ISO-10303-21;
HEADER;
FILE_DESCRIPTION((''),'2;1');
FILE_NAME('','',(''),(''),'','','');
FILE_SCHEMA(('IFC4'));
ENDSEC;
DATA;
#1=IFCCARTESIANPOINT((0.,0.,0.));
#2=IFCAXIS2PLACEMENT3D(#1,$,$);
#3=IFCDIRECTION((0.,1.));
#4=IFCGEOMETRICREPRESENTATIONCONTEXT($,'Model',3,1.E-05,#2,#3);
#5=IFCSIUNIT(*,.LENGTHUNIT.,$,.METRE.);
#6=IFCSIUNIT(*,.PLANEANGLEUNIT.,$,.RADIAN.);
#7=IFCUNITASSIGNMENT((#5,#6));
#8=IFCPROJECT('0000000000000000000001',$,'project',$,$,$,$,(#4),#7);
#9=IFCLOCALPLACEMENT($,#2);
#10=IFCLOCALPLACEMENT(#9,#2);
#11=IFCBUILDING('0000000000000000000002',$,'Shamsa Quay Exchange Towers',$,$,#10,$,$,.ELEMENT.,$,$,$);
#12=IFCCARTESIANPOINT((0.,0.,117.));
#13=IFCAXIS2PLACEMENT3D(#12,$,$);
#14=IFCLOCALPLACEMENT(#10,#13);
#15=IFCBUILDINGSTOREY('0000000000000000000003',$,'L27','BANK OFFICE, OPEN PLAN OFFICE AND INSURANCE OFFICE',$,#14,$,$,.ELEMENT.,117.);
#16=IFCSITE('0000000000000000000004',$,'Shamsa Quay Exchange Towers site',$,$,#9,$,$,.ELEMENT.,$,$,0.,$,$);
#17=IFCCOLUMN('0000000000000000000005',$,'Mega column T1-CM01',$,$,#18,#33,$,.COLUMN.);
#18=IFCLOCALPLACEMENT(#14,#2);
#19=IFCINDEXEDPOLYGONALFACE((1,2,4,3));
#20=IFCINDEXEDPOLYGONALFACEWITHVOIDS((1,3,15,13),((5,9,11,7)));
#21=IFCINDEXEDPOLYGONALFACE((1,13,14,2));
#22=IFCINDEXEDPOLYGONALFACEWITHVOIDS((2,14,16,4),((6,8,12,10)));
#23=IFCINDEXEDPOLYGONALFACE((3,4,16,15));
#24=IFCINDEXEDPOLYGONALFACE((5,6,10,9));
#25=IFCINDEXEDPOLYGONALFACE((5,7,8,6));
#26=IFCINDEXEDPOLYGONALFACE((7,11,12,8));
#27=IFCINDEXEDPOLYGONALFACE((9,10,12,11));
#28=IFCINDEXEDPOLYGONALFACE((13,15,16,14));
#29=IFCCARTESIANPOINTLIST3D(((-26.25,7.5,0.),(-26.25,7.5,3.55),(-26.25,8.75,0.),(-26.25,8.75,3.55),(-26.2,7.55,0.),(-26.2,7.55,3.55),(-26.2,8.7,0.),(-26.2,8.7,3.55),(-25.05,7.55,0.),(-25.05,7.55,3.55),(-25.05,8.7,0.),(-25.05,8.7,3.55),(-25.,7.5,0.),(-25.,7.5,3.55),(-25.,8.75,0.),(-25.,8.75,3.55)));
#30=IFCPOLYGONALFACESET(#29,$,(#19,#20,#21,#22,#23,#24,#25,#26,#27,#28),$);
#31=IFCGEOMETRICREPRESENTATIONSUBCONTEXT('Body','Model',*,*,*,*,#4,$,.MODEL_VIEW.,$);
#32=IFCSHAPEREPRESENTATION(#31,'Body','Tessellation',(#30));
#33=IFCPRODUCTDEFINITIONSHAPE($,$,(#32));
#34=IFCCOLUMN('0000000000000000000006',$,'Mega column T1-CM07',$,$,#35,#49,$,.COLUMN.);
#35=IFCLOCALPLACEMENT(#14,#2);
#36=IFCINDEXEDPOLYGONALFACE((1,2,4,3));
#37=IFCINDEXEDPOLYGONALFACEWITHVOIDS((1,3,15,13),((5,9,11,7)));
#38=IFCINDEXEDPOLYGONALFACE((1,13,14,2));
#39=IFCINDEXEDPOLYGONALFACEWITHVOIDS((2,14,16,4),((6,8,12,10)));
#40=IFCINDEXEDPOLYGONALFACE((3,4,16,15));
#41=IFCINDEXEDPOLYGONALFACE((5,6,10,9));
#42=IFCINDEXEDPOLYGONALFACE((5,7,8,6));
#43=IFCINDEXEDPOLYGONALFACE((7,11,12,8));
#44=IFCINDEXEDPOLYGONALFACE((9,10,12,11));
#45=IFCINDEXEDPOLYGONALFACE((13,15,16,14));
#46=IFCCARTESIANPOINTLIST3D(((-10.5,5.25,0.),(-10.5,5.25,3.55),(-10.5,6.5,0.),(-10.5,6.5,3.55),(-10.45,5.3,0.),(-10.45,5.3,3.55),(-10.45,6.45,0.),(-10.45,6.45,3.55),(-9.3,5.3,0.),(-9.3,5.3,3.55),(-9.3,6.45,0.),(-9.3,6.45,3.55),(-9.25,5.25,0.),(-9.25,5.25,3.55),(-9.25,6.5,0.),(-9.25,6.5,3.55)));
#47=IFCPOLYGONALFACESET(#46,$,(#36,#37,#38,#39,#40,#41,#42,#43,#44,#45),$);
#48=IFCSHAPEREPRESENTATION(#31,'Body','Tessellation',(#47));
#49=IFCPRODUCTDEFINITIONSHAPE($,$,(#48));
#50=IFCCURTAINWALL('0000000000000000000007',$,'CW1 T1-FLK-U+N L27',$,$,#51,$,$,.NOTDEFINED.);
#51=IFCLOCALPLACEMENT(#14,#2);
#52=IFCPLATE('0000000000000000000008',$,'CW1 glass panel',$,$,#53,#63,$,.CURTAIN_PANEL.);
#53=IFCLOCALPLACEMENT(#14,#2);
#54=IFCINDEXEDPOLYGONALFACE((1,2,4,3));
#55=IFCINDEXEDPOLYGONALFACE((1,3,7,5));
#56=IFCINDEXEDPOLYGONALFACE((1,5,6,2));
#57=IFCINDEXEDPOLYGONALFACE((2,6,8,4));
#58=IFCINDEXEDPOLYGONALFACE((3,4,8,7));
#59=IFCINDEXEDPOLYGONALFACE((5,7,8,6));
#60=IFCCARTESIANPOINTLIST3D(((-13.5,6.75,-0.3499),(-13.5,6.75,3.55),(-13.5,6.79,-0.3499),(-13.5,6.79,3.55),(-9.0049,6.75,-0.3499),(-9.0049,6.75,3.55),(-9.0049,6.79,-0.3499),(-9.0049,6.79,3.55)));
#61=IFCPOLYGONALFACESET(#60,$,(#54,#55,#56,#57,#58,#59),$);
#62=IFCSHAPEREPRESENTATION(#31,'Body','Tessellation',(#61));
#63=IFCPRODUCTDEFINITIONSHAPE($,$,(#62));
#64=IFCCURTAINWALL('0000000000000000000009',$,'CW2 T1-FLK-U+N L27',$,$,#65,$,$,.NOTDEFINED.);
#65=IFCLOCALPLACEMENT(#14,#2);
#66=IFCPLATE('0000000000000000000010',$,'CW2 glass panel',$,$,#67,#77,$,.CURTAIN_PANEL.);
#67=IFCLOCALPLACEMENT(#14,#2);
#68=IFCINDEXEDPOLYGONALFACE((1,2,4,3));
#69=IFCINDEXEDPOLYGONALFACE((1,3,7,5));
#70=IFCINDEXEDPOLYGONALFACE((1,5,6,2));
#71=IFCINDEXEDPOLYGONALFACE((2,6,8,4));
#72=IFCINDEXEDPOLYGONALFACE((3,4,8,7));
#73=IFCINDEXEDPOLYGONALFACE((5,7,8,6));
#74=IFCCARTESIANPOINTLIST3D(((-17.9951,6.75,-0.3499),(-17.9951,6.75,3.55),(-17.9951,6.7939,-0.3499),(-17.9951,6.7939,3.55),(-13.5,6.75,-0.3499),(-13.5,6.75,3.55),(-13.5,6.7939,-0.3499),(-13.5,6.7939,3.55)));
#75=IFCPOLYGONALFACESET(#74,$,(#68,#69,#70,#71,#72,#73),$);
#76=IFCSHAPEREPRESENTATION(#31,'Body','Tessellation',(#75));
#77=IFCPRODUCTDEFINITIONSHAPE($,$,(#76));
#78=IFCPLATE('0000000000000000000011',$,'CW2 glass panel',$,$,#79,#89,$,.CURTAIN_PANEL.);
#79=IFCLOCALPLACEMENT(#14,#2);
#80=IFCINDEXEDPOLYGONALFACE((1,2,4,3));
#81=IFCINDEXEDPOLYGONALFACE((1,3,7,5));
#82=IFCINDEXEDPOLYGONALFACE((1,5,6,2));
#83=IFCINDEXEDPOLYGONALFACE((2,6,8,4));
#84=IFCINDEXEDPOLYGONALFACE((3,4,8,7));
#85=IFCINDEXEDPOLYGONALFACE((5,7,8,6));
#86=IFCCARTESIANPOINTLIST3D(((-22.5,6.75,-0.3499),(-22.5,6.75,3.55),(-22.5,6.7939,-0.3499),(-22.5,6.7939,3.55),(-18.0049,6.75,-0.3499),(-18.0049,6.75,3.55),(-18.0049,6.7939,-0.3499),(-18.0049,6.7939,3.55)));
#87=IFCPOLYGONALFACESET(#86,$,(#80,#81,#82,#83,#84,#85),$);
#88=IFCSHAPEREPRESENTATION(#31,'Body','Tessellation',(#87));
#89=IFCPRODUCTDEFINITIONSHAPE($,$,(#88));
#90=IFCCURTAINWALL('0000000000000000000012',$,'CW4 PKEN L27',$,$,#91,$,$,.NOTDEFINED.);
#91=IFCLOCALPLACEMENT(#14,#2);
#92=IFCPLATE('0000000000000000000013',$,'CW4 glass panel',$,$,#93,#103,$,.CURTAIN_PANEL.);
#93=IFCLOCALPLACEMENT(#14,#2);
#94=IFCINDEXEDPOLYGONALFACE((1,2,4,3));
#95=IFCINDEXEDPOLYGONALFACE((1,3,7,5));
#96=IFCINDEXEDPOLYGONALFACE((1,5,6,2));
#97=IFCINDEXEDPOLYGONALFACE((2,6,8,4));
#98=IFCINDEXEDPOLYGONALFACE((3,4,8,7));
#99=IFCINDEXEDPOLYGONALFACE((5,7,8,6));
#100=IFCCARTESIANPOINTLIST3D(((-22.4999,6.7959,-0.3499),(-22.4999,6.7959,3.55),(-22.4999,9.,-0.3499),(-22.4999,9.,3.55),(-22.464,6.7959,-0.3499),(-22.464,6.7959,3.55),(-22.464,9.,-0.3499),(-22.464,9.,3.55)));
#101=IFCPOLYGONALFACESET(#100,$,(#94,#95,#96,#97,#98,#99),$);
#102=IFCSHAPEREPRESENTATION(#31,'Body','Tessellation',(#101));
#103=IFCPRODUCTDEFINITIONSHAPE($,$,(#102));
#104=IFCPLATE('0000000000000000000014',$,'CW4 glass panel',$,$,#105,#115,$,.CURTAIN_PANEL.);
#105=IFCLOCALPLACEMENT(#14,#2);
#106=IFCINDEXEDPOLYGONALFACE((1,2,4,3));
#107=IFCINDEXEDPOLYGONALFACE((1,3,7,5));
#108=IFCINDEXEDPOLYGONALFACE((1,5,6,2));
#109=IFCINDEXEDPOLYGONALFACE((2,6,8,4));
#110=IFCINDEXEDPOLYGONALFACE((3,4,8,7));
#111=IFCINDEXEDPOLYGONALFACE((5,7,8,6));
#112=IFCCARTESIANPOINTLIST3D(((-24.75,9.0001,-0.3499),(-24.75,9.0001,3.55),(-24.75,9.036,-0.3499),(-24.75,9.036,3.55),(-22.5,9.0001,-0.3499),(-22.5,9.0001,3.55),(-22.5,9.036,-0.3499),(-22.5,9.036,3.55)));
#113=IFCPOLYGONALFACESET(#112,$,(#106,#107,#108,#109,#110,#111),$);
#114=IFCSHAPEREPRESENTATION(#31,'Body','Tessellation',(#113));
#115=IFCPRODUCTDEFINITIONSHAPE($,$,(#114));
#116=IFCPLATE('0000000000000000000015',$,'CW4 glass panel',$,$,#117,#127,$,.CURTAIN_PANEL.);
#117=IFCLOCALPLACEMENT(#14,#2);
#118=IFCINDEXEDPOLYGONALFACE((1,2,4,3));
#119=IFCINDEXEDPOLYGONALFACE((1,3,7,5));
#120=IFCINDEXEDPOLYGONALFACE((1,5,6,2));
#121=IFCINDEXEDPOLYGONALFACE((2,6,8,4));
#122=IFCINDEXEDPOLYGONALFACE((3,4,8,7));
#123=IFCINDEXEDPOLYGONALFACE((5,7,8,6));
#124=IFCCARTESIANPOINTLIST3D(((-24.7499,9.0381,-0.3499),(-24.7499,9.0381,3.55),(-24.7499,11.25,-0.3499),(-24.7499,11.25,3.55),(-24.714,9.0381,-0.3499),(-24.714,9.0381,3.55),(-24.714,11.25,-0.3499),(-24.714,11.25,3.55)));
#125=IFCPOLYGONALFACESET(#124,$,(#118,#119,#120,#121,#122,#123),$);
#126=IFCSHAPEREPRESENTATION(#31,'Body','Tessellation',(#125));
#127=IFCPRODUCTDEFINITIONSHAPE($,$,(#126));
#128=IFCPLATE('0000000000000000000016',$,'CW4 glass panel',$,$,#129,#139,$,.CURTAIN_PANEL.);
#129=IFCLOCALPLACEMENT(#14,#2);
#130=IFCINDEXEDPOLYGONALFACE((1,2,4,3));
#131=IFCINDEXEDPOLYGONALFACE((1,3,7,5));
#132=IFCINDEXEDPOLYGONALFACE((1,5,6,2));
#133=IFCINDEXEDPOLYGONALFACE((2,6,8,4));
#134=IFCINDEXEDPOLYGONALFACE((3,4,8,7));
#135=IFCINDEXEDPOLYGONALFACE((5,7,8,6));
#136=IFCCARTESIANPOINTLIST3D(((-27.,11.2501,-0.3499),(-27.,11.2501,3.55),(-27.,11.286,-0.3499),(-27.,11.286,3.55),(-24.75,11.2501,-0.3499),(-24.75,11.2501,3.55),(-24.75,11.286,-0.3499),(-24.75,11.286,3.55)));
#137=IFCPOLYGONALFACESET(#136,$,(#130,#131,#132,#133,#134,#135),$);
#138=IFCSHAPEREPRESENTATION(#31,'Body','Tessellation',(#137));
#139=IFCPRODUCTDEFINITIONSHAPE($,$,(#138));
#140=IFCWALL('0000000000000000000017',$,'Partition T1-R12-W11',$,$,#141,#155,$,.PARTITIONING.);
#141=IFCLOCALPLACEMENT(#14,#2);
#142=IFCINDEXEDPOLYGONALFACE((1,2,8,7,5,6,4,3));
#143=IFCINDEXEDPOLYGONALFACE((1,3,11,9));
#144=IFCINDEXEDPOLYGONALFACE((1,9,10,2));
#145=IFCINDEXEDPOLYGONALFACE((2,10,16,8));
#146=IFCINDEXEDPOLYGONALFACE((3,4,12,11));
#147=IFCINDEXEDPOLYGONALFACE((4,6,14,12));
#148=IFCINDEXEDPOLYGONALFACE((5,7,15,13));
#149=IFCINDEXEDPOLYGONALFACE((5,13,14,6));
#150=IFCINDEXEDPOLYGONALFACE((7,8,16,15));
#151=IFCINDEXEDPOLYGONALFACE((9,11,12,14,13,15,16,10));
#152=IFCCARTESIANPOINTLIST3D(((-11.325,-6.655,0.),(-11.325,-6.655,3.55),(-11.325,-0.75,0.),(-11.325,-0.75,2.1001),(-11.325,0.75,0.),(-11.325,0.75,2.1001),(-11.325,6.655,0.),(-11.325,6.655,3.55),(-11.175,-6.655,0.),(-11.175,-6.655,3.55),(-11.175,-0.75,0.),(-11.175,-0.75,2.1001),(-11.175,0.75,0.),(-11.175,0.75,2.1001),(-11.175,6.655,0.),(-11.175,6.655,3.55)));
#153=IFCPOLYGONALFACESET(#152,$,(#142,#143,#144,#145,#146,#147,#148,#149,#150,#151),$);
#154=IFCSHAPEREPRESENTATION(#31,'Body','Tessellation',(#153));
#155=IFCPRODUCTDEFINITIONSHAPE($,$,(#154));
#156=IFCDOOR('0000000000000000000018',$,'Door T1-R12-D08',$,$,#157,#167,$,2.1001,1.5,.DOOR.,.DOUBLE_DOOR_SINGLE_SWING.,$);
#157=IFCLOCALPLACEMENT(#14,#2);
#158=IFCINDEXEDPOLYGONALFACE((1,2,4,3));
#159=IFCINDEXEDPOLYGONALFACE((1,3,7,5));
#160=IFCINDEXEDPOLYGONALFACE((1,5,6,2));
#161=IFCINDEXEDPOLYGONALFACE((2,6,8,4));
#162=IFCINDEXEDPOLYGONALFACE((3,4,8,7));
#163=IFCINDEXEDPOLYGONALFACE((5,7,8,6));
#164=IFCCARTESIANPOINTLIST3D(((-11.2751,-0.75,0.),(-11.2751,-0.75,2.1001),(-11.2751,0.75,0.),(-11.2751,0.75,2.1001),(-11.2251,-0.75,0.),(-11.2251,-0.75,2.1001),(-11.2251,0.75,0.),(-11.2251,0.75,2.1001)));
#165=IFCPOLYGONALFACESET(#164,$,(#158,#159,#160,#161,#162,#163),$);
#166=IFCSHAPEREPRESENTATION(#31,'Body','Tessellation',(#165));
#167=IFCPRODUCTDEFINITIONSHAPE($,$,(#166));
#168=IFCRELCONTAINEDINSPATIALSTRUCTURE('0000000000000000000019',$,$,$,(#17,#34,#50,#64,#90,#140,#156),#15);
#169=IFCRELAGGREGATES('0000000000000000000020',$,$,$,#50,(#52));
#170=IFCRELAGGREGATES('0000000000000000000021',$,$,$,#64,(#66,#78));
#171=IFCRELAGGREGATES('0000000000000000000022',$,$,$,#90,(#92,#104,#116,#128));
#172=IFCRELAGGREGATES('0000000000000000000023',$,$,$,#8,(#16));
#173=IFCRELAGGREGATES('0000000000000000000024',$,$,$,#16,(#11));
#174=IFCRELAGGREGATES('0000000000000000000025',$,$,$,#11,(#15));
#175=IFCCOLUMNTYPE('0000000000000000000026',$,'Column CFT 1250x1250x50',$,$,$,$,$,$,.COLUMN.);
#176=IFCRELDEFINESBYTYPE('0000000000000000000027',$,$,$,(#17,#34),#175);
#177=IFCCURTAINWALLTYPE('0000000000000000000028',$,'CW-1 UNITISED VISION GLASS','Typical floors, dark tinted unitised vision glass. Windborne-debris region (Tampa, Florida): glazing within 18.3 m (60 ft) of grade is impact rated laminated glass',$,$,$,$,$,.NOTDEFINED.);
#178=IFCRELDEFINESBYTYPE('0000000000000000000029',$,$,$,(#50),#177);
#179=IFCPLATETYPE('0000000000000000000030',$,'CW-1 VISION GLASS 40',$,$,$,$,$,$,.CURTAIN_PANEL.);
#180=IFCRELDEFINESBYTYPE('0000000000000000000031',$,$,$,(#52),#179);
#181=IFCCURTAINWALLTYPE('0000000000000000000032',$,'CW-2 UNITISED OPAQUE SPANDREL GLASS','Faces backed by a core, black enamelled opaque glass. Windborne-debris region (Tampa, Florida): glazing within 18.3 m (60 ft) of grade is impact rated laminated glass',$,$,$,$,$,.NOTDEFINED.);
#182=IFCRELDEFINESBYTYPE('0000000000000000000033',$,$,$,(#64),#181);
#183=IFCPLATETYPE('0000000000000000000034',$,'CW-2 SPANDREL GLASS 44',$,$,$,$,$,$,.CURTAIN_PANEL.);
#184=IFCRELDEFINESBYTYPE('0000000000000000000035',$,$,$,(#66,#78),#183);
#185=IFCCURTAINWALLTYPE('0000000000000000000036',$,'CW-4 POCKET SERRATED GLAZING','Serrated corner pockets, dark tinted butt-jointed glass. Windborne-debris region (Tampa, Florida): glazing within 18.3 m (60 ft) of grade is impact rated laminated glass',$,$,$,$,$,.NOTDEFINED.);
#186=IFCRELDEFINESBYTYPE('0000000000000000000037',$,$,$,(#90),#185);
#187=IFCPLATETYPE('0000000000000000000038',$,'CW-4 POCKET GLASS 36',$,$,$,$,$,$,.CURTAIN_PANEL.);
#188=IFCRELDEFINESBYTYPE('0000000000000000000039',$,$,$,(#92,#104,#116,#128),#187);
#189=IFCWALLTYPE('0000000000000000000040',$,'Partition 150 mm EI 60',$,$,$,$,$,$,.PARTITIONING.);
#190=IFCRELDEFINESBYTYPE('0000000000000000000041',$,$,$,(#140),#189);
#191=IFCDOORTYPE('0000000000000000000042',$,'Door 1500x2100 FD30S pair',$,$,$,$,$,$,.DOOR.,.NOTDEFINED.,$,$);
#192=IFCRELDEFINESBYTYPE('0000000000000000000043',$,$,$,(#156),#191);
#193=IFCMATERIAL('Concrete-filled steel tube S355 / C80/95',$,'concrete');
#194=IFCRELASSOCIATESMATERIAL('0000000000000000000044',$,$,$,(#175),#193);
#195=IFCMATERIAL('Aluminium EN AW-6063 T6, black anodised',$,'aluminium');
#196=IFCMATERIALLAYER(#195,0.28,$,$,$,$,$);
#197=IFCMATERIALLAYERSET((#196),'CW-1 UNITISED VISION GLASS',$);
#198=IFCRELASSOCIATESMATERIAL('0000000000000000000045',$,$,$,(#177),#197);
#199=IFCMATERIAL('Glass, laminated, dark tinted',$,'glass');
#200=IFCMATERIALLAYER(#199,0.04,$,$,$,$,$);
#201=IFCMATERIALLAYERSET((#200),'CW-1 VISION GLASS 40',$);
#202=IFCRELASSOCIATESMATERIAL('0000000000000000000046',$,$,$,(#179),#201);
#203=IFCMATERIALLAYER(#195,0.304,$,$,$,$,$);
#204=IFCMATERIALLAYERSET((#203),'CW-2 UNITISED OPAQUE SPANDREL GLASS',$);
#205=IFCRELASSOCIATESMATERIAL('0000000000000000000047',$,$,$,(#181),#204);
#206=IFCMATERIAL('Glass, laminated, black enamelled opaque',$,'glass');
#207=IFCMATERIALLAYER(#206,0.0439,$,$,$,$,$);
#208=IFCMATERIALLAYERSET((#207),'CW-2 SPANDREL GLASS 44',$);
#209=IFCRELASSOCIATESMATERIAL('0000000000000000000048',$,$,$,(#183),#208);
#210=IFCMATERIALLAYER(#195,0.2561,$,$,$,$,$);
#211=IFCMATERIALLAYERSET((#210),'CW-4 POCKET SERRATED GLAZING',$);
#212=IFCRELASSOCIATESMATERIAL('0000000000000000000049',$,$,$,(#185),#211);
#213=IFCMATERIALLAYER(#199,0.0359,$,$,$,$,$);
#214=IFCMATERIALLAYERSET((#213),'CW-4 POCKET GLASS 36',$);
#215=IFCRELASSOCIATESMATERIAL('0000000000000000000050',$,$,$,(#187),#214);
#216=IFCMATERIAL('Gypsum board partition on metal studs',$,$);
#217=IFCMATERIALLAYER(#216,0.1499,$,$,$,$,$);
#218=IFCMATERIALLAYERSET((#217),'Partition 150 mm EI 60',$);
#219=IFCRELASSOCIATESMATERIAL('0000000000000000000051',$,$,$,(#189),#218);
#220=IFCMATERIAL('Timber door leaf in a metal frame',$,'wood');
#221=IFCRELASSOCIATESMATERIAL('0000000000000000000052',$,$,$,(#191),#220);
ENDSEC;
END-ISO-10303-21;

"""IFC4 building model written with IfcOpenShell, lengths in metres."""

from ifc_helpers import new_model, si_unit, direction, frame, frame_2d, origin, origin_2d, place, context, subcontext, project, spatial, rectangle, hollow_rectangle, extrude, material, layer, layer_set, material_profile, profile_set, type_object, element, fill, aggregate, save


model = new_model("IFC4")

# Units and contexts
model_context = context("Model", 3, precision=1e-05, world=origin(), true_north=direction((0.0, 1.0)))
body_context = subcontext(model_context, "Body", "Model", "MODEL_VIEW")
ifc_project = project(units=[si_unit("LENGTHUNIT", "METRE"), si_unit("PLANEANGLEUNIT", "RADIAN")], contexts=[model_context])

# Site, building, storey
site_placement = place(None, origin())
site = spatial("IfcSite", under=ifc_project, at=site_placement, Name="Shamsa Quay Exchange Towers site", CompositionType="ELEMENT", RefElevation=0.0)
building_placement = place(site_placement, origin())
building = spatial("IfcBuilding", under=site, at=building_placement, Name="Shamsa Quay Exchange Towers", CompositionType="ELEMENT")
storey_placement = place(building_placement, frame((0.0, 0.0, 117.0)))
storey = spatial("IfcBuildingStorey", under=building, at=storey_placement, Name="L27", Description="BANK OFFICE, OPEN PLAN OFFICE AND INSURANCE OFFICE", CompositionType="ELEMENT", Elevation=117.0)

# Columns
ifc_material_1 = material(Name="Concrete-filled steel tube S355 / C80/95", Category="concrete")
ifc_material_profile_1 = material_profile(ifc_material_1, hollow_rectangle(XDim=1.25, YDim=1.25, WallThickness=0.05, at=origin_2d()), Name="CFT 1250x1250x50")
ifc_profile_set_1 = profile_set([ifc_material_profile_1], Name="Concrete-filled steel tube S355 / C80/95")
column_type = type_object("IfcColumnType", Name="Column CFT 1250x1250x50", PredefinedType="COLUMN", material=ifc_profile_set_1)
for number, where, name in (
    (1, (-25.625, 8.125, 0.0), "Mega column T1-CM01"),
    (2, (-9.875, 5.875, 0.0), "Mega column T1-CM07"),
):
    element("IfcColumn", number, at=place(storey_placement, frame(where)), inside=storey, type_object=column_type, Name=name, PredefinedType="COLUMN", context=body_context, shape_type="SweptSolid", body=[
        extrude(hollow_rectangle(XDim=1.25, YDim=1.25, WallThickness=0.05, at=origin_2d()), origin(), (0.0, 0.0, 1.0), 3.55),
    ])

# Curtain wall, plate
ifc_material_2 = material(Name="Aluminium EN AW-6063 T6, black anodised", Category="aluminium")
ifc_layer_1 = layer(ifc_material_2, 0.28)
ifc_layer_set_1 = layer_set([ifc_layer_1], Name="CW-1 UNITISED VISION GLASS")
curtain_wall_type_1 = type_object("IfcCurtainWallType", Name="CW-1 UNITISED VISION GLASS", Description="Typical floors, dark tinted unitised vision glass. Windborne-debris region (Tampa, Florida): glazing within 18.3 m (60 ft) of grade is impact rated laminated glass", PredefinedType="NOTDEFINED", material=ifc_layer_set_1)
curtain_wall_1_placement = place(storey_placement, origin())
curtain_wall_1 = element("IfcCurtainWall", 3, at=curtain_wall_1_placement, inside=storey, type_object=curtain_wall_type_1, Name="CW1 T1-FLK-U+N L27", PredefinedType="NOTDEFINED")
ifc_material_3 = material(Name="Glass, laminated, dark tinted", Category="glass")
ifc_layer_2 = layer(ifc_material_3, 0.04)
ifc_layer_set_2 = layer_set([ifc_layer_2], Name="CW-1 VISION GLASS 40")
plate_type_1 = type_object("IfcPlateType", Name="CW-1 VISION GLASS 40", PredefinedType="CURTAIN_PANEL", material=ifc_layer_set_2)
plate_1_placement = place(storey_placement, frame((-11.2524, 6.77, -0.3499), z_axis=(0.0, 0.0, 1.0), x_axis=(-1.0, 0.0, 0.0)))
plate_1 = element("IfcPlate", 4, at=plate_1_placement, type_object=plate_type_1, Name="CW1 glass panel", PredefinedType="CURTAIN_PANEL", context=body_context, shape_type="SweptSolid", body=[
    extrude(rectangle(XDim=4.4951, YDim=0.04, at=origin_2d()), origin(), (0.0, 0.0, 1.0), 3.8999),
])
aggregate(curtain_wall_1, [plate_1])

# Curtain walls, plates
ifc_layer_3 = layer(ifc_material_2, 0.304)
ifc_layer_set_3 = layer_set([ifc_layer_3], Name="CW-2 UNITISED OPAQUE SPANDREL GLASS")
curtain_wall_type_2 = type_object("IfcCurtainWallType", Name="CW-2 UNITISED OPAQUE SPANDREL GLASS", Description="Faces backed by a core, black enamelled opaque glass. Windborne-debris region (Tampa, Florida): glazing within 18.3 m (60 ft) of grade is impact rated laminated glass", PredefinedType="NOTDEFINED", material=ifc_layer_set_3)
curtain_wall_2_placement = place(storey_placement, origin())
curtain_wall_2 = element("IfcCurtainWall", 5, at=curtain_wall_2_placement, inside=storey, type_object=curtain_wall_type_2, Name="CW2 T1-FLK-U+N L27", PredefinedType="NOTDEFINED")
ifc_material_4 = material(Name="Glass, laminated, black enamelled opaque", Category="glass")
ifc_layer_4 = layer(ifc_material_4, 0.0439)
ifc_layer_set_4 = layer_set([ifc_layer_4], Name="CW-2 SPANDREL GLASS 44")
plate_type_2 = type_object("IfcPlateType", Name="CW-2 SPANDREL GLASS 44", PredefinedType="CURTAIN_PANEL", material=ifc_layer_set_4)
plate_2_placement = place(storey_placement, frame((-15.7476, 6.772, -0.3499), z_axis=(0.0, 0.0, 1.0), x_axis=(-1.0, 0.0, 0.0)))
plate_2 = element("IfcPlate", 6, at=plate_2_placement, type_object=plate_type_2, Name="CW2 glass panel", PredefinedType="CURTAIN_PANEL", context=body_context, shape_type="SweptSolid", body=[
    extrude(rectangle(XDim=4.4951, YDim=0.0439, at=origin_2d()), origin(), (0.0, 0.0, 1.0), 3.8999),
])
plate_3_placement = place(storey_placement, frame((-20.2524, 6.772, -0.3499), z_axis=(0.0, 0.0, 1.0), x_axis=(-1.0, 0.0, 0.0)))
plate_3 = element("IfcPlate", 7, at=plate_3_placement, type_object=plate_type_2, Name="CW2 glass panel", PredefinedType="CURTAIN_PANEL", context=body_context, shape_type="SweptSolid", body=[
    extrude(rectangle(XDim=4.4951, YDim=0.0439, at=origin_2d()), origin(), (0.0, 0.0, 1.0), 3.8999),
])
aggregate(curtain_wall_2, [plate_2, plate_3])
ifc_layer_5 = layer(ifc_material_2, 0.2561)
ifc_layer_set_5 = layer_set([ifc_layer_5], Name="CW-4 POCKET SERRATED GLAZING")
curtain_wall_type_3 = type_object("IfcCurtainWallType", Name="CW-4 POCKET SERRATED GLAZING", Description="Serrated corner pockets, dark tinted butt-jointed glass. Windborne-debris region (Tampa, Florida): glazing within 18.3 m (60 ft) of grade is impact rated laminated glass", PredefinedType="NOTDEFINED", material=ifc_layer_set_5)
curtain_wall_3_placement = place(storey_placement, origin())
curtain_wall_3 = element("IfcCurtainWall", 8, at=curtain_wall_3_placement, inside=storey, type_object=curtain_wall_type_3, Name="CW4 PKEN L27", PredefinedType="NOTDEFINED")
ifc_layer_6 = layer(ifc_material_3, 0.0359)
ifc_layer_set_6 = layer_set([ifc_layer_6], Name="CW-4 POCKET GLASS 36")
plate_type_3 = type_object("IfcPlateType", Name="CW-4 POCKET GLASS 36", PredefinedType="CURTAIN_PANEL", material=ifc_layer_set_6)
plate_4_placement = place(storey_placement, frame((-22.4819, 7.8979, -0.3499), z_axis=(0.0, 0.0, 1.0), x_axis=(0.0, 1.0, 0.0)))
plate_4 = element("IfcPlate", 9, at=plate_4_placement, type_object=plate_type_3, Name="CW4 glass panel", PredefinedType="CURTAIN_PANEL", context=body_context, shape_type="SweptSolid", body=[
    extrude(rectangle(XDim=2.2041, YDim=0.0359, at=origin_2d()), origin(), (0.0, 0.0, 1.0), 3.8999),
])
plate_5_placement = place(storey_placement, frame((-23.625, 9.0181, -0.3499), z_axis=(0.0, 0.0, 1.0), x_axis=(-1.0, 0.0, 0.0)))
plate_5 = element("IfcPlate", 10, at=plate_5_placement, type_object=plate_type_3, Name="CW4 glass panel", PredefinedType="CURTAIN_PANEL", context=body_context, shape_type="SweptSolid", body=[
    extrude(rectangle(XDim=2.25, YDim=0.0359, at=origin_2d()), origin(), (0.0, 0.0, 1.0), 3.8999),
])
plate_6_placement = place(storey_placement, frame((-24.7319, 10.144, -0.3499), z_axis=(0.0, 0.0, 1.0), x_axis=(0.0, 1.0, 0.0)))
plate_6 = element("IfcPlate", 11, at=plate_6_placement, type_object=plate_type_3, Name="CW4 glass panel", PredefinedType="CURTAIN_PANEL", context=body_context, shape_type="SweptSolid", body=[
    extrude(rectangle(XDim=2.2119, YDim=0.0359, at=origin_2d()), origin(), (0.0, 0.0, 1.0), 3.8999),
])
plate_7_placement = place(storey_placement, frame((-25.875, 11.2681, -0.3499), z_axis=(0.0, 0.0, 1.0), x_axis=(-1.0, 0.0, 0.0)))
plate_7 = element("IfcPlate", 12, at=plate_7_placement, type_object=plate_type_3, Name="CW4 glass panel", PredefinedType="CURTAIN_PANEL", context=body_context, shape_type="SweptSolid", body=[
    extrude(rectangle(XDim=2.25, YDim=0.0359, at=origin_2d()), origin(), (0.0, 0.0, 1.0), 3.8999),
])
aggregate(curtain_wall_3, [plate_4, plate_5, plate_6, plate_7])

# Wall, opening, door
ifc_material_5 = material(Name="Gypsum board partition on metal studs")
ifc_layer_7 = layer(ifc_material_5, 0.1499)
ifc_layer_set_7 = layer_set([ifc_layer_7], Name="Partition 150 mm EI 60")
wall_type_1 = type_object("IfcWallType", Name="Partition 150 mm EI 60", PredefinedType="PARTITIONING", material=ifc_layer_set_7)
wall_1_placement = place(storey_placement, frame((-11.25, 6.655, 0.0), z_axis=(0.0, 0.0, 1.0), x_axis=(0.0, -1.0, 0.0)))
wall_1 = element("IfcWall", 13, at=wall_1_placement, inside=storey, type_object=wall_type_1, Name="Partition T1-R12-W11", PredefinedType="PARTITIONING", context=body_context, shape_type="SweptSolid", body=[
    extrude(rectangle(XDim=13.3101, YDim=0.1499, at=frame_2d((6.655, 0.0))), origin(), (0.0, 0.0, 1.0), 3.55),
])
opening_1_placement = place(wall_1_placement, frame((5.905, 0.0, 0.0)))
opening_1 = element("IfcOpeningElement", 14, at=opening_1_placement, cuts=wall_1, PredefinedType="OPENING", context=body_context, shape_type="SweptSolid", body=[
    extrude(rectangle(XDim=1.5, YDim=2.1001, at=frame_2d((0.75, 1.05))), frame((0.0, 0.085, 0.0), z_axis=(0.0, -1.0, 0.0), x_axis=(1.0, 0.0, 0.0)), (0.0, 0.0, 1.0), 0.1699),
])
ifc_material_6 = material(Name="Timber door leaf in a metal frame", Category="wood")
door_type_1 = type_object("IfcDoorType", Name="Door 1500x2100 FD30S pair", OperationType="NOTDEFINED", PredefinedType="DOOR", material=ifc_material_6)
door_1_placement = place(opening_1_placement, origin())
door_1 = element("IfcDoor", 15, at=door_1_placement, inside=storey, type_object=door_type_1, Name="Door T1-R12-D08", OperationType="DOUBLE_DOOR_SINGLE_SWING", OverallHeight=2.1001, OverallWidth=1.5, PredefinedType="DOOR", context=body_context, shape_type="SweptSolid", body=[
    extrude(rectangle(XDim=1.5, YDim=2.1001, at=frame_2d((0.75, 1.05))), frame((0.0, 0.0249, 0.0), z_axis=(0.0, -1.0, 0.0), x_axis=(1.0, 0.0, 0.0)), (0.0, 0.0, 1.0), 0.05),
])
fill(opening_1, door_1)

save(model, "model.ifc")
